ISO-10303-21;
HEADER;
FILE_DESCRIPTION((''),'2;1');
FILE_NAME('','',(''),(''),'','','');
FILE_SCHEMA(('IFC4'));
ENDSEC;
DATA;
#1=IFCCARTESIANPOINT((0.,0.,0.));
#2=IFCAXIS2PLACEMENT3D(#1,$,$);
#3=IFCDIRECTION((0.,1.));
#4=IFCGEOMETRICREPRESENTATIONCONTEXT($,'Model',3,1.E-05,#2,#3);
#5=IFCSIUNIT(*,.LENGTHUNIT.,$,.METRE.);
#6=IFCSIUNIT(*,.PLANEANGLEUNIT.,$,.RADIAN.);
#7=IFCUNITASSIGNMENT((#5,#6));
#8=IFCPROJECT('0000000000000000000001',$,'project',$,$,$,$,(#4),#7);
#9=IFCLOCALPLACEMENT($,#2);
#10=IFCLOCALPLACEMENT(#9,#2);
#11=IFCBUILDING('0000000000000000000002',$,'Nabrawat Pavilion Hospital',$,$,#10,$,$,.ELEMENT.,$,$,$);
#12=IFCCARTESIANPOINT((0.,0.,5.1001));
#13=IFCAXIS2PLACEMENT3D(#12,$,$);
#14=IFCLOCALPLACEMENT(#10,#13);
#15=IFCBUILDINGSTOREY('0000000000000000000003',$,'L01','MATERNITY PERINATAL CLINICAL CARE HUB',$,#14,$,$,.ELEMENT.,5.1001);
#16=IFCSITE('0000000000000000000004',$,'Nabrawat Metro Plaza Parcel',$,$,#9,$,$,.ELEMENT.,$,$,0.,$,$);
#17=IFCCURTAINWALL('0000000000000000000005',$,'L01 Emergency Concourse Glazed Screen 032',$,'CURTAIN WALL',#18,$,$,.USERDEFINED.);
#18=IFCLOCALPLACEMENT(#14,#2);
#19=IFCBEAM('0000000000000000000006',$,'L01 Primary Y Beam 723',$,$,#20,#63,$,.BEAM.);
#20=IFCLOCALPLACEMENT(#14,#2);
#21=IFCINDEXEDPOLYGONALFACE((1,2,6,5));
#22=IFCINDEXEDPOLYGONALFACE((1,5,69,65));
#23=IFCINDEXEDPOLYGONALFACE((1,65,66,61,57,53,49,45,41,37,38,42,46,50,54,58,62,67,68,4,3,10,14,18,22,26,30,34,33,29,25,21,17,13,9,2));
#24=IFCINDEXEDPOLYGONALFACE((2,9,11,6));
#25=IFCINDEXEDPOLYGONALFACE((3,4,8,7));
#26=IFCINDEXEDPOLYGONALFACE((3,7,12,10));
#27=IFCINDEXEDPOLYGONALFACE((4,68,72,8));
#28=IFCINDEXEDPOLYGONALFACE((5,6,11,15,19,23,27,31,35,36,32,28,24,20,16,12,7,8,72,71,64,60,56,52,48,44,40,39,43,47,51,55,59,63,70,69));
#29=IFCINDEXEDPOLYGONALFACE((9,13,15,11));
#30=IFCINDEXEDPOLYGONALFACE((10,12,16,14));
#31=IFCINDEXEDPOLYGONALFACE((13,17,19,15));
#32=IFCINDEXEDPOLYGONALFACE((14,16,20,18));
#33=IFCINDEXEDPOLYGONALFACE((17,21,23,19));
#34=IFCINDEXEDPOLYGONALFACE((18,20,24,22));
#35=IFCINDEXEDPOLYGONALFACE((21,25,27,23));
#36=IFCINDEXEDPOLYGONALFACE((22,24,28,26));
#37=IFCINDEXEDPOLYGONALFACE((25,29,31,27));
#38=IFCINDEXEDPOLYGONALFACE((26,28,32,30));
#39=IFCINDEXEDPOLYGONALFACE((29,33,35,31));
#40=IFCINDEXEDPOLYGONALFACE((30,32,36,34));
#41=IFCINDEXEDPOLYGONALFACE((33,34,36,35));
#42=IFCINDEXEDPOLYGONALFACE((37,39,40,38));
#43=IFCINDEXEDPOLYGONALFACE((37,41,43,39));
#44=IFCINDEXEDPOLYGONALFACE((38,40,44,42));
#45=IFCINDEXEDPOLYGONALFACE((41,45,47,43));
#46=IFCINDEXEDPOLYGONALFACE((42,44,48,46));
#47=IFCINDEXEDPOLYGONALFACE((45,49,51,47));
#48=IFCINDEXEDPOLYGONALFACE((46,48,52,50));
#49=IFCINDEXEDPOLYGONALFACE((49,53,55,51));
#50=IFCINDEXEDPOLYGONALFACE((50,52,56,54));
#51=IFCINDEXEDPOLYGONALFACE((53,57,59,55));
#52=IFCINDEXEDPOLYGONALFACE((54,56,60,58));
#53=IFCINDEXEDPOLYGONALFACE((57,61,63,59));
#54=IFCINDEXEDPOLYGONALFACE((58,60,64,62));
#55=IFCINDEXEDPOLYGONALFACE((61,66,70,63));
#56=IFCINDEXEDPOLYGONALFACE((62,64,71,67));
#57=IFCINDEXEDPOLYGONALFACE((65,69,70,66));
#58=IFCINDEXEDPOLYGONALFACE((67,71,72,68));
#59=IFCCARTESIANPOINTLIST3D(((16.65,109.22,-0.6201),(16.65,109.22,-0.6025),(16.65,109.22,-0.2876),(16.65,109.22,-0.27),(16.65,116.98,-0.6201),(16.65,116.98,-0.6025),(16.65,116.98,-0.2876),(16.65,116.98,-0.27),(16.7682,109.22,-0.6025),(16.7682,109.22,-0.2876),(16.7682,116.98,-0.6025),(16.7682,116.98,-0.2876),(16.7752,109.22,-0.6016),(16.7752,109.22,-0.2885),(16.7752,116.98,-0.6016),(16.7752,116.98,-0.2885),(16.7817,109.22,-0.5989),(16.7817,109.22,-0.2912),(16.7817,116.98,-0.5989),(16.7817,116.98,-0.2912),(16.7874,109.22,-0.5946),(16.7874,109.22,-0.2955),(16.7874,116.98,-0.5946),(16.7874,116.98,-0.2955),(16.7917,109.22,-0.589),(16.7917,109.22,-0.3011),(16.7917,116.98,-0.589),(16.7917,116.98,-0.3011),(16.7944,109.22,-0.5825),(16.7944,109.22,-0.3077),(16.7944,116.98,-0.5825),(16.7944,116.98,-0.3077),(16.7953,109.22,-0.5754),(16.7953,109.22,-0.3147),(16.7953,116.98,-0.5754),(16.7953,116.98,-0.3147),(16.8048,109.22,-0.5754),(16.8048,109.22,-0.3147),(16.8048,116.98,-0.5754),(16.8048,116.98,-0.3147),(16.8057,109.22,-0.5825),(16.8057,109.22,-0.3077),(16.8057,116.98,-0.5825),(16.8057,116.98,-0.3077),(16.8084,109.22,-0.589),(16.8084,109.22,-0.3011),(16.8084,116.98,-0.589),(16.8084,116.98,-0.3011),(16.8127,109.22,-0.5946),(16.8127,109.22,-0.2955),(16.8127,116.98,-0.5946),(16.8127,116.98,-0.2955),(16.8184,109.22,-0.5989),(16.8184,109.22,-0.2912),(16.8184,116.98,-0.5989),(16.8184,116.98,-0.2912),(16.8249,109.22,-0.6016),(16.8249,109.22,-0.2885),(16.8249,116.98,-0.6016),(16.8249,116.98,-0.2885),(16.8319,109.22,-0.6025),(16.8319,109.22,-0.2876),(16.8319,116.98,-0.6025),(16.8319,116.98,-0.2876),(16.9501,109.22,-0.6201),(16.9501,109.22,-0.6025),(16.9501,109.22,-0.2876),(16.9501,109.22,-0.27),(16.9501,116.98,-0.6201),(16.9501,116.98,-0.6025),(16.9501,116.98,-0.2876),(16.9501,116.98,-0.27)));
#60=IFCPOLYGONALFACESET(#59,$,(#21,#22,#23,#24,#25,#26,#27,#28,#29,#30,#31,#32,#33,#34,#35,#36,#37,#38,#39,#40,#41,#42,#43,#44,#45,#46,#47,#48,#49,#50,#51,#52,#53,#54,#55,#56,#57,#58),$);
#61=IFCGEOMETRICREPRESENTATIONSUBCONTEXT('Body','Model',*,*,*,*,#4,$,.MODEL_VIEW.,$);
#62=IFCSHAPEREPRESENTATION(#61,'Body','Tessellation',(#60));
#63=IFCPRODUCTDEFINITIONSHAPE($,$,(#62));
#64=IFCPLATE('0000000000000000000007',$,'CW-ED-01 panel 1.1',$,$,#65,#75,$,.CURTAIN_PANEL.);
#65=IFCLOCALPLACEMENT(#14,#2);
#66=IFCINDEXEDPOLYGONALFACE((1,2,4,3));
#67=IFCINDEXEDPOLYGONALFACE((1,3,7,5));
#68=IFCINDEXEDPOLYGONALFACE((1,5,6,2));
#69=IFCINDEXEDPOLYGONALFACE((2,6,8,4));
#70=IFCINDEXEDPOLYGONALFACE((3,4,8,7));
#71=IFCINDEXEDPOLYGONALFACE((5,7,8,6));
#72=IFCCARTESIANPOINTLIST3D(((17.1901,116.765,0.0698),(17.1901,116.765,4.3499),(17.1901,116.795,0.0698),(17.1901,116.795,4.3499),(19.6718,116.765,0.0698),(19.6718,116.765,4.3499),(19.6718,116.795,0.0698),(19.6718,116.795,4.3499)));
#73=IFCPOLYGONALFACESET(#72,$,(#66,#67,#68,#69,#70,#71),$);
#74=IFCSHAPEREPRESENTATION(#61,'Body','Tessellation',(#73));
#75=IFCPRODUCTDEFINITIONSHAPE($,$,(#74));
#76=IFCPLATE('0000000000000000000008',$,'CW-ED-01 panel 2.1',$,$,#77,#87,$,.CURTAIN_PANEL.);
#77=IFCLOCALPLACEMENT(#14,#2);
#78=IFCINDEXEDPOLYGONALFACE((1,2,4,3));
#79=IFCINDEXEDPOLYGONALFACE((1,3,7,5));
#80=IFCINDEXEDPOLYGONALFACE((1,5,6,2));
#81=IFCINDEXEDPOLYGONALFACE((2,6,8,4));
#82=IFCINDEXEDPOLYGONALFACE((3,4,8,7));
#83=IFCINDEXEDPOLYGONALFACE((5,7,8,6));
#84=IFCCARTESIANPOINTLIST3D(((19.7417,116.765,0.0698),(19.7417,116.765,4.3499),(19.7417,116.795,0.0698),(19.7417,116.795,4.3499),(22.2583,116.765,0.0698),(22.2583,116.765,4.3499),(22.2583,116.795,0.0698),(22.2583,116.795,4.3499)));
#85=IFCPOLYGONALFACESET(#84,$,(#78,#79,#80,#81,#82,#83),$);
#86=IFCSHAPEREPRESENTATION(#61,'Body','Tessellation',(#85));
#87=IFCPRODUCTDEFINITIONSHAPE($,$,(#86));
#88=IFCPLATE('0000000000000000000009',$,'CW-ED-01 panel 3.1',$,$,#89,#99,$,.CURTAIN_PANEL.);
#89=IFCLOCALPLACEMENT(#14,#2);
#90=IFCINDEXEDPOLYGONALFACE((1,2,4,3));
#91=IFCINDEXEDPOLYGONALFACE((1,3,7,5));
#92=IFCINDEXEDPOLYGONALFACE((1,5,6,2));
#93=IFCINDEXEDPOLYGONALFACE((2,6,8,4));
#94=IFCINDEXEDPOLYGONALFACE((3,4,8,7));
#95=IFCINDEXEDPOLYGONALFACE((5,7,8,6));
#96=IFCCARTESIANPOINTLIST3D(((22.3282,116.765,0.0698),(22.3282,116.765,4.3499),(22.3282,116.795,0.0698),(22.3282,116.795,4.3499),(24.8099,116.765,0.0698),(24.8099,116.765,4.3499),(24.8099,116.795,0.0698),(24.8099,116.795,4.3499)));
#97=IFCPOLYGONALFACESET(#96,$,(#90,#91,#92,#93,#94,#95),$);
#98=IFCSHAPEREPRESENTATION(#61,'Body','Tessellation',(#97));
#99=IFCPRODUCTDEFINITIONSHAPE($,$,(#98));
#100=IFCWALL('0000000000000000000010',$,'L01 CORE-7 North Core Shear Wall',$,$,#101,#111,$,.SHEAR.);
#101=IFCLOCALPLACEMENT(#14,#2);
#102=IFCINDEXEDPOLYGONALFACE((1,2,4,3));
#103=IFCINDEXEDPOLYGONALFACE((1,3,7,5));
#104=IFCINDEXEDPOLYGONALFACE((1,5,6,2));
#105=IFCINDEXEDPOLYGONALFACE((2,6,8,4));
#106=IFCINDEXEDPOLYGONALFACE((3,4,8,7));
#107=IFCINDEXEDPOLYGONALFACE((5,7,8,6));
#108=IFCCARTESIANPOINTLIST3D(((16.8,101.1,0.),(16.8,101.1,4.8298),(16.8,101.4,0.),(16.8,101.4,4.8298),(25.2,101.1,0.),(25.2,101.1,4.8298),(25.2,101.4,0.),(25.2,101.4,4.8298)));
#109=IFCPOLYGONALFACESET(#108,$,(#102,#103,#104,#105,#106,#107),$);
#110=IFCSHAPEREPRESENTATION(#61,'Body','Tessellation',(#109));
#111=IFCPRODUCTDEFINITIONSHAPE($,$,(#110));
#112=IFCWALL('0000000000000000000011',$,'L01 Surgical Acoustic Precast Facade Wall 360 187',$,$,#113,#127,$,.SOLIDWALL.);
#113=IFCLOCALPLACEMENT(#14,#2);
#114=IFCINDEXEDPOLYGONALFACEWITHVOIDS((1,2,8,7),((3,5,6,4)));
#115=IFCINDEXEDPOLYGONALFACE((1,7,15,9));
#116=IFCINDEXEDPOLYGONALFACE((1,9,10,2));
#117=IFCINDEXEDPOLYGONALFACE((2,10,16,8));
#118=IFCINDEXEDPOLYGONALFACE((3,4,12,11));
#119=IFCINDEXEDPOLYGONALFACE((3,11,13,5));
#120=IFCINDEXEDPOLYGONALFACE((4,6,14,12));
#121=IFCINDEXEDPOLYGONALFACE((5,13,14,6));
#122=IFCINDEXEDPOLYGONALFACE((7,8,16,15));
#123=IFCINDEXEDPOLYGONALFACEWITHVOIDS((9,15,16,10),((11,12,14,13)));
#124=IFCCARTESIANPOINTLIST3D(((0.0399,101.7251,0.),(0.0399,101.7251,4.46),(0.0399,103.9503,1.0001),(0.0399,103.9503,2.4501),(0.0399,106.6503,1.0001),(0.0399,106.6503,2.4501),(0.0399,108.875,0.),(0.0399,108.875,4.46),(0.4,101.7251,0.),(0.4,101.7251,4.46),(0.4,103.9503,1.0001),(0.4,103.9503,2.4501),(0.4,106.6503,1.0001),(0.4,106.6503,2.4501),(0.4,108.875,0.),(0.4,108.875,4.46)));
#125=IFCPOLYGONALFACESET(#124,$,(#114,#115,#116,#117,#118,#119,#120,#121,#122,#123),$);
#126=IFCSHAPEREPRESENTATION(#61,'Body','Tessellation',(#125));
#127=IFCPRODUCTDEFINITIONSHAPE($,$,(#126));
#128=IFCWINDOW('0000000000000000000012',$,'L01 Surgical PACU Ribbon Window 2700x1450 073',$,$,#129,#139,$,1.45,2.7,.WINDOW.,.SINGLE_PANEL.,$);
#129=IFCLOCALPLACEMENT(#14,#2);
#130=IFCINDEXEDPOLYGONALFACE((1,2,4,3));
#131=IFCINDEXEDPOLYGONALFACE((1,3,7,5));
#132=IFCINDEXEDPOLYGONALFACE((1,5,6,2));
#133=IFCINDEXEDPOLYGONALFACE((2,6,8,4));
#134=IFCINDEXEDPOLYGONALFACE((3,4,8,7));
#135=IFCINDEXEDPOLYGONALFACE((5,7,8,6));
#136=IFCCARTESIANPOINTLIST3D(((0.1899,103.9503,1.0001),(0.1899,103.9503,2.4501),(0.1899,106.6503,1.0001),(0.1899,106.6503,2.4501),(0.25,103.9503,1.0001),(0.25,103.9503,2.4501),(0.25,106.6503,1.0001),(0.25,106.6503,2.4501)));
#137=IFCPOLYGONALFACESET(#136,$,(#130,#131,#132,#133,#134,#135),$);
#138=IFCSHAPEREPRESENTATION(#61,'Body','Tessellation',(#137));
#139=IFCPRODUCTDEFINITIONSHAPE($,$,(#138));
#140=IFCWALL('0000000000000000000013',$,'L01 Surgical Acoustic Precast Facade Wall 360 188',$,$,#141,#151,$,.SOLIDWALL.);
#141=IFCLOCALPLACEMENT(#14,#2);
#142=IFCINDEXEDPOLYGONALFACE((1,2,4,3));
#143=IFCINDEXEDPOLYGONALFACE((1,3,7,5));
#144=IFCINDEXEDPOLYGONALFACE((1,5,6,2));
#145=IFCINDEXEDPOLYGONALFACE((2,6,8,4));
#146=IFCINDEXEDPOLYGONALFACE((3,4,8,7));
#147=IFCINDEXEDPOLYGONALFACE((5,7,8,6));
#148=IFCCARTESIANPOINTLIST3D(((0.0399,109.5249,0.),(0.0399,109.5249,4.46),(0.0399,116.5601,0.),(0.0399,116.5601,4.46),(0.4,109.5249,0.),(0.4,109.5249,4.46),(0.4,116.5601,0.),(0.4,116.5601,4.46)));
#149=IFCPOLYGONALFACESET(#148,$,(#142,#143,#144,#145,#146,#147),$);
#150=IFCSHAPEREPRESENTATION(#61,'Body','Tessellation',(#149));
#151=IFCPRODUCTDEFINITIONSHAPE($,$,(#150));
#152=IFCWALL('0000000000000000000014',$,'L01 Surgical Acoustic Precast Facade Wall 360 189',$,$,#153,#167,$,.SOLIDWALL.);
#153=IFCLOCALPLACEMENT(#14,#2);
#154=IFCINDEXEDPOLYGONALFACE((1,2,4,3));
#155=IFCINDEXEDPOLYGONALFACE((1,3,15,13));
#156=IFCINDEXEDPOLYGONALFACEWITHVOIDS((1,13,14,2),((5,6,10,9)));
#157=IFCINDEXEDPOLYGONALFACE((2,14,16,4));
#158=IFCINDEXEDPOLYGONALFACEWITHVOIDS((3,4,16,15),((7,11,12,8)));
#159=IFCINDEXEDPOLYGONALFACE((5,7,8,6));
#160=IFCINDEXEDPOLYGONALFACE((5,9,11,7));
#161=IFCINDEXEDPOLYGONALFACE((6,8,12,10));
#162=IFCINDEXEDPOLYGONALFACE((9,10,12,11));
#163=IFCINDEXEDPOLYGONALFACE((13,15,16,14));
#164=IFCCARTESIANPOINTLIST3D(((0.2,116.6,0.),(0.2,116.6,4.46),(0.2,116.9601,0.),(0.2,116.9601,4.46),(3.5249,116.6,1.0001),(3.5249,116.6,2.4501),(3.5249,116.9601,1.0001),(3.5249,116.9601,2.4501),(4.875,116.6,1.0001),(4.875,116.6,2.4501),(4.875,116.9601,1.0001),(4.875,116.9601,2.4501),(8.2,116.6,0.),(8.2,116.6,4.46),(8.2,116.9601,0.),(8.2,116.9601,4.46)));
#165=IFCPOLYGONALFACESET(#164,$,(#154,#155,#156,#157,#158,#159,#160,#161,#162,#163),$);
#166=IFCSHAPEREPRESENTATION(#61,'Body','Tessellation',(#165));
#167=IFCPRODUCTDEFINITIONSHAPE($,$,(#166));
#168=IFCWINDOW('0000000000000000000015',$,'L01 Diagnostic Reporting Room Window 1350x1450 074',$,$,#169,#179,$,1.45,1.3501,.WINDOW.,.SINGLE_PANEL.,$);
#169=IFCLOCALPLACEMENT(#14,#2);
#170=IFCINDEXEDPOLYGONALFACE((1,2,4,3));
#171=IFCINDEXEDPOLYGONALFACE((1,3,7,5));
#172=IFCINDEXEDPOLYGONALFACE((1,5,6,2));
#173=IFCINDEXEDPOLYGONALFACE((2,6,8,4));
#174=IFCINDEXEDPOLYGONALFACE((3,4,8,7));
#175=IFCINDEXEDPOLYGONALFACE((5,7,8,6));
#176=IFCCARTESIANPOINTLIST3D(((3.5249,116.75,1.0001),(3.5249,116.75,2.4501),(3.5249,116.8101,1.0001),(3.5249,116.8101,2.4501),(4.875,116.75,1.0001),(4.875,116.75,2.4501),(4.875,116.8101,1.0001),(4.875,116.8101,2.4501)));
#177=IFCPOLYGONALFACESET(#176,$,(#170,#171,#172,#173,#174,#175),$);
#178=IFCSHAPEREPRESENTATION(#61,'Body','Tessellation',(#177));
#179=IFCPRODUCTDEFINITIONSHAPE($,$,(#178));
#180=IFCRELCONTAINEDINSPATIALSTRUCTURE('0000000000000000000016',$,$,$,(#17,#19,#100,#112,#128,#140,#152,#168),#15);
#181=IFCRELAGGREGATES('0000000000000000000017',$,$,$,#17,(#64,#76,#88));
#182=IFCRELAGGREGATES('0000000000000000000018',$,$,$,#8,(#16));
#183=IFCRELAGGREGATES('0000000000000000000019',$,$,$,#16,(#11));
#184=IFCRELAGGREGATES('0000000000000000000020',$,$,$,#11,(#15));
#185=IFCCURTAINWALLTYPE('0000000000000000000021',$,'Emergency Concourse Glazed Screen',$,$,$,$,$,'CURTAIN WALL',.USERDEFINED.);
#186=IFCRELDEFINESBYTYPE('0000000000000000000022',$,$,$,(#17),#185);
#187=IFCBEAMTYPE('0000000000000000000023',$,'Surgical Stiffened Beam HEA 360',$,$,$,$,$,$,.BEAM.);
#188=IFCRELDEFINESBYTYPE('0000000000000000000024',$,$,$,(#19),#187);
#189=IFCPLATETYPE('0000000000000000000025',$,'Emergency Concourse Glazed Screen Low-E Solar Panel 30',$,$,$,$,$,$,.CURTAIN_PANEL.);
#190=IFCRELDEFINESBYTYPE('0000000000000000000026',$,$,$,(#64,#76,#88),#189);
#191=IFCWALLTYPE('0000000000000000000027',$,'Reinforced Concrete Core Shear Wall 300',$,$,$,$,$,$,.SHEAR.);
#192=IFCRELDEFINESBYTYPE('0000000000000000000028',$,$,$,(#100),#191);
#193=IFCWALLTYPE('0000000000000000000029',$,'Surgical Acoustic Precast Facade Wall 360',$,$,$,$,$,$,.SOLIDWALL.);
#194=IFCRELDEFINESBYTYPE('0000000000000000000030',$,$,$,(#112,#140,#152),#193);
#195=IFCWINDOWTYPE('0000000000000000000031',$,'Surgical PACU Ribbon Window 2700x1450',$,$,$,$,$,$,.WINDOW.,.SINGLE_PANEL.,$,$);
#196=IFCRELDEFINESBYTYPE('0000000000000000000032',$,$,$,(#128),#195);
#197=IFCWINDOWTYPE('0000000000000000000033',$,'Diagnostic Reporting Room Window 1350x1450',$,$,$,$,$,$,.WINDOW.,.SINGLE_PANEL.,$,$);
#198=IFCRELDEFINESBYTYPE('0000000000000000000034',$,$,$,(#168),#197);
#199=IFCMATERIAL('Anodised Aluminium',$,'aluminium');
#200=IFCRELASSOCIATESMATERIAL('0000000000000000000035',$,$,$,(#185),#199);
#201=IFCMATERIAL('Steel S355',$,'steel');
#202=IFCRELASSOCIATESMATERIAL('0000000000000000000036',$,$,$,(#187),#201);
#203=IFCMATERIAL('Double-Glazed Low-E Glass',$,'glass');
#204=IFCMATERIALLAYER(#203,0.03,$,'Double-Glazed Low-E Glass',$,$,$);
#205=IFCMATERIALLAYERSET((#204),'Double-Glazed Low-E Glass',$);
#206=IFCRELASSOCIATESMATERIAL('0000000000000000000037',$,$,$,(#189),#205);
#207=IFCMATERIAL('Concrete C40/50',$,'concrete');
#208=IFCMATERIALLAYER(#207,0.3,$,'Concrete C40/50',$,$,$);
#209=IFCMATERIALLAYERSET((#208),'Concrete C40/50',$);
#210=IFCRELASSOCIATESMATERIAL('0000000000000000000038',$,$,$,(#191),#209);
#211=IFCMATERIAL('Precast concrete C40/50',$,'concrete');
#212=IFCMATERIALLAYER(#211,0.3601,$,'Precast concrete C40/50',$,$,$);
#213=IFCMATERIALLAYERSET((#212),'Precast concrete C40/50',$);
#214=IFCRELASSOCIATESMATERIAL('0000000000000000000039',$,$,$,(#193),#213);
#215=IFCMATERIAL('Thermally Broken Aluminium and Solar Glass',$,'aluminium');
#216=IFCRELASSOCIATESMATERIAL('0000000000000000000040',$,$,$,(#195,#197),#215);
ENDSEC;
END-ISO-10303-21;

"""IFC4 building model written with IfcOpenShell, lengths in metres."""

from ifc_helpers import new_model, si_unit, direction, frame, frame_2d, origin, origin_2d, place, context, subcontext, project, spatial, rectangle, i_section, extrude, material, layer, layer_set, material_profile, profile_set, type_object, element, fill, aggregate, save


model = new_model("IFC4")

# Units and contexts
model_context = context("Model", 3, precision=1e-05, world=origin(), true_north=direction((0.0, 1.0)))
body_context = subcontext(model_context, "Body", "Model", "MODEL_VIEW")
ifc_project = project(units=[si_unit("LENGTHUNIT", "METRE"), si_unit("PLANEANGLEUNIT", "RADIAN")], contexts=[model_context])

# Site, building, storey
site_placement = place(None, origin())
site = spatial("IfcSite", under=ifc_project, at=site_placement, Name="Nabrawat Metro Plaza Parcel", CompositionType="ELEMENT", RefElevation=0.0)
building_placement = place(site_placement, origin())
building = spatial("IfcBuilding", under=site, at=building_placement, Name="Nabrawat Pavilion Hospital", CompositionType="ELEMENT")
storey_placement = place(building_placement, frame((0.0, 0.0, 5.1001)))
storey = spatial("IfcBuildingStorey", under=building, at=storey_placement, Name="L01", Description="MATERNITY PERINATAL CLINICAL CARE HUB", CompositionType="ELEMENT", Elevation=5.1001)

# Shared definitions
ifc_material_1 = material(Name="Steel S355", Category="steel")

# Curtain wall
ifc_material_2 = material(Name="Anodised Aluminium", Category="aluminium")
curtain_wall_type = type_object("IfcCurtainWallType", Name="Emergency Concourse Glazed Screen", ElementType="CURTAIN WALL", PredefinedType="USERDEFINED", material=ifc_material_2)
curtain_wall_placement = place(storey_placement, origin())
curtain_wall = element("IfcCurtainWall", 1, at=curtain_wall_placement, inside=storey, type_object=curtain_wall_type, Name="L01 Emergency Concourse Glazed Screen 032", ObjectType="CURTAIN WALL", PredefinedType="USERDEFINED")

# Beam
ifc_material_profile_1 = material_profile(ifc_material_1, i_section(OverallWidth=0.3, OverallDepth=0.3501, WebThickness=0.0095, FlangeThickness=0.0176, FilletRadius=0.0271, at=origin_2d()), Name="HEA 360")
ifc_profile_set_1 = profile_set([ifc_material_profile_1], Name="Steel S355")
beam_type_1 = type_object("IfcBeamType", Name="Surgical Stiffened Beam HEA 360", PredefinedType="BEAM", material=ifc_profile_set_1)
for number, where, z_axis, x_axis, name in (
    (2, (16.8, 109.22, -0.4451), (0.0, 1.0, 0.0), (-1.0, 0.0, 0.0), "L01 Primary Y Beam 723"),
):
    element("IfcBeam", number, at=place(storey_placement, frame(where, z_axis=z_axis, x_axis=x_axis)), inside=storey, type_object=beam_type_1, Name=name, PredefinedType="BEAM", context=body_context, shape_type="SweptSolid", body=[
        extrude(i_section(OverallWidth=0.3, OverallDepth=0.3501, WebThickness=0.0095, FlangeThickness=0.0176, FilletRadius=0.0271, at=origin_2d()), origin(), (0.0, 0.0, 1.0), 7.76),
    ])

# Plates
ifc_material_3 = material(Name="Double-Glazed Low-E Glass", Category="glass")
ifc_layer_1 = layer(ifc_material_3, 0.03, Name="Double-Glazed Low-E Glass")
ifc_layer_set_1 = layer_set([ifc_layer_1], Name="Double-Glazed Low-E Glass")
plate_type = type_object("IfcPlateType", Name="Emergency Concourse Glazed Screen Low-E Solar Panel 30", PredefinedType="CURTAIN_PANEL", material=ifc_layer_set_1)
plate_1_placement = place(storey_placement, frame((18.4309, 116.78, 0.0698), z_axis=(0.0, 0.0, 1.0), x_axis=(1.0, 0.0, 0.0)))
plate_1 = element("IfcPlate", 3, at=plate_1_placement, type_object=plate_type, Name="CW-ED-01 panel 1.1", PredefinedType="CURTAIN_PANEL", context=body_context, shape_type="SweptSolid", body=[
    extrude(rectangle(XDim=2.4817, YDim=0.03, at=origin_2d()), origin(), (0.0, 0.0, 1.0), 4.28),
])
plate_2_placement = place(storey_placement, frame((21.0, 116.78, 0.0698), z_axis=(0.0, 0.0, 1.0), x_axis=(1.0, 0.0, 0.0)))
plate_2 = element("IfcPlate", 4, at=plate_2_placement, type_object=plate_type, Name="CW-ED-01 panel 2.1", PredefinedType="CURTAIN_PANEL", context=body_context, shape_type="SweptSolid", body=[
    extrude(rectangle(XDim=2.5166, YDim=0.03, at=origin_2d()), origin(), (0.0, 0.0, 1.0), 4.28),
])
plate_3_placement = place(storey_placement, frame((23.5691, 116.78, 0.0698), z_axis=(0.0, 0.0, 1.0), x_axis=(1.0, 0.0, 0.0)))
plate_3 = element("IfcPlate", 5, at=plate_3_placement, type_object=plate_type, Name="CW-ED-01 panel 3.1", PredefinedType="CURTAIN_PANEL", context=body_context, shape_type="SweptSolid", body=[
    extrude(rectangle(XDim=2.4817, YDim=0.03, at=origin_2d()), origin(), (0.0, 0.0, 1.0), 4.28),
])
aggregate(curtain_wall, [plate_1, plate_2, plate_3])

# Wall
ifc_material_4 = material(Name="Concrete C40/50", Category="concrete")
ifc_layer_2 = layer(ifc_material_4, 0.3, Name="Concrete C40/50")
ifc_layer_set_2 = layer_set([ifc_layer_2], Name="Concrete C40/50")
wall_type_1 = type_object("IfcWallType", Name="Reinforced Concrete Core Shear Wall 300", PredefinedType="SHEAR", material=ifc_layer_set_2)
wall_1_placement = place(storey_placement, frame((16.8, 101.25, 0.0), z_axis=(0.0, 0.0, 1.0), x_axis=(1.0, 0.0, 0.0)))
element("IfcWall", 6, at=wall_1_placement, inside=storey, type_object=wall_type_1, Name="L01 CORE-7 North Core Shear Wall", PredefinedType="SHEAR", context=body_context, shape_type="SweptSolid", body=[
    extrude(rectangle(XDim=8.3999, YDim=0.3, at=frame_2d((4.2, 0.0))), origin(), (0.0, 0.0, 1.0), 4.8298),
])

# Wall, opening, window
ifc_material_5 = material(Name="Precast concrete C40/50", Category="concrete")
ifc_layer_3 = layer(ifc_material_5, 0.3601, Name="Precast concrete C40/50")
ifc_layer_set_3 = layer_set([ifc_layer_3], Name="Precast concrete C40/50")
wall_type_2 = type_object("IfcWallType", Name="Surgical Acoustic Precast Facade Wall 360", PredefinedType="SOLIDWALL", material=ifc_layer_set_3)
wall_2_placement = place(storey_placement, frame((0.22, 101.7251, 0.0), z_axis=(0.0, 0.0, 1.0), x_axis=(0.0, 1.0, 0.0)))
wall_2 = element("IfcWall", 7, at=wall_2_placement, inside=storey, type_object=wall_type_2, Name="L01 Surgical Acoustic Precast Facade Wall 360 187", PredefinedType="SOLIDWALL", context=body_context, shape_type="SweptSolid", body=[
    extrude(rectangle(XDim=7.1499, YDim=0.3601, at=frame_2d((3.575, 0.0))), origin(), (0.0, 0.0, 1.0), 4.46),
])
opening_1_placement = place(wall_2_placement, frame((2.2251, 0.0, 1.0)))
opening_1 = element("IfcOpeningElement", 8, at=opening_1_placement, cuts=wall_2, PredefinedType="OPENING", context=body_context, shape_type="SweptSolid", body=[
    extrude(rectangle(XDim=2.7, YDim=1.45, at=frame_2d((1.3501, 0.7251))), frame((0.0, 0.1899, 0.0), z_axis=(0.0, -1.0, 0.0), x_axis=(1.0, 0.0, 0.0)), (0.0, 0.0, 1.0), 0.3801),
])
ifc_material_6 = material(Name="Thermally Broken Aluminium and Solar Glass", Category="aluminium")
window_type_1 = type_object("IfcWindowType", Name="Surgical PACU Ribbon Window 2700x1450", PartitioningType="SINGLE_PANEL", PredefinedType="WINDOW", material=ifc_material_6)
window_1_placement = place(opening_1_placement, origin())
window_1 = element("IfcWindow", 9, at=window_1_placement, inside=storey, type_object=window_type_1, Name="L01 Surgical PACU Ribbon Window 2700x1450 073", OverallHeight=1.45, OverallWidth=2.7, PartitioningType="SINGLE_PANEL", PredefinedType="WINDOW", context=body_context, shape_type="SweptSolid", body=[
    extrude(rectangle(XDim=2.7, YDim=1.45, at=frame_2d((1.3501, 0.7251))), frame((0.0, 0.03, 0.0), z_axis=(0.0, -1.0, 0.0), x_axis=(1.0, 0.0, 0.0)), (0.0, 0.0, 1.0), 0.0601),
])
fill(opening_1, window_1)

# Wall
wall_3_placement = place(storey_placement, frame((0.22, 109.5249, 0.0), z_axis=(0.0, 0.0, 1.0), x_axis=(0.0, 1.0, 0.0)))
element("IfcWall", 10, at=wall_3_placement, inside=storey, type_object=wall_type_2, Name="L01 Surgical Acoustic Precast Facade Wall 360 188", PredefinedType="SOLIDWALL", context=body_context, shape_type="SweptSolid", body=[
    extrude(rectangle(XDim=7.0352, YDim=0.3601, at=frame_2d((3.5176, 0.0))), origin(), (0.0, 0.0, 1.0), 4.46),
])

# Wall, opening, window
wall_4_placement = place(storey_placement, frame((0.2, 116.78, 0.0), z_axis=(0.0, 0.0, 1.0), x_axis=(1.0, 0.0, 0.0)))
wall_4 = element("IfcWall", 11, at=wall_4_placement, inside=storey, type_object=wall_type_2, Name="L01 Surgical Acoustic Precast Facade Wall 360 189", PredefinedType="SOLIDWALL", context=body_context, shape_type="SweptSolid", body=[
    extrude(rectangle(XDim=8.0, YDim=0.3601, at=frame_2d((4.0, 0.0))), origin(), (0.0, 0.0, 1.0), 4.46),
])
opening_2_placement = place(wall_4_placement, frame((3.325, 0.0, 1.0)))
opening_2 = element("IfcOpeningElement", 12, at=opening_2_placement, cuts=wall_4, PredefinedType="OPENING", context=body_context, shape_type="SweptSolid", body=[
    extrude(rectangle(XDim=1.3501, YDim=1.45, at=frame_2d((0.675, 0.7251))), frame((0.0, 0.1899, 0.0), z_axis=(0.0, -1.0, 0.0), x_axis=(1.0, 0.0, 0.0)), (0.0, 0.0, 1.0), 0.3801),
])
window_type_2 = type_object("IfcWindowType", Name="Diagnostic Reporting Room Window 1350x1450", PartitioningType="SINGLE_PANEL", PredefinedType="WINDOW", material=ifc_material_6)
window_2_placement = place(opening_2_placement, origin())
window_2 = element("IfcWindow", 13, at=window_2_placement, inside=storey, type_object=window_type_2, Name="L01 Diagnostic Reporting Room Window 1350x1450 074", OverallHeight=1.45, OverallWidth=1.3501, PartitioningType="SINGLE_PANEL", PredefinedType="WINDOW", context=body_context, shape_type="SweptSolid", body=[
    extrude(rectangle(XDim=1.3501, YDim=1.45, at=frame_2d((0.675, 0.7251))), frame((0.0, 0.03, 0.0), z_axis=(0.0, -1.0, 0.0), x_axis=(1.0, 0.0, 0.0)), (0.0, 0.0, 1.0), 0.0601),
])
fill(opening_2, window_2)

save(model, "model.ifc")
